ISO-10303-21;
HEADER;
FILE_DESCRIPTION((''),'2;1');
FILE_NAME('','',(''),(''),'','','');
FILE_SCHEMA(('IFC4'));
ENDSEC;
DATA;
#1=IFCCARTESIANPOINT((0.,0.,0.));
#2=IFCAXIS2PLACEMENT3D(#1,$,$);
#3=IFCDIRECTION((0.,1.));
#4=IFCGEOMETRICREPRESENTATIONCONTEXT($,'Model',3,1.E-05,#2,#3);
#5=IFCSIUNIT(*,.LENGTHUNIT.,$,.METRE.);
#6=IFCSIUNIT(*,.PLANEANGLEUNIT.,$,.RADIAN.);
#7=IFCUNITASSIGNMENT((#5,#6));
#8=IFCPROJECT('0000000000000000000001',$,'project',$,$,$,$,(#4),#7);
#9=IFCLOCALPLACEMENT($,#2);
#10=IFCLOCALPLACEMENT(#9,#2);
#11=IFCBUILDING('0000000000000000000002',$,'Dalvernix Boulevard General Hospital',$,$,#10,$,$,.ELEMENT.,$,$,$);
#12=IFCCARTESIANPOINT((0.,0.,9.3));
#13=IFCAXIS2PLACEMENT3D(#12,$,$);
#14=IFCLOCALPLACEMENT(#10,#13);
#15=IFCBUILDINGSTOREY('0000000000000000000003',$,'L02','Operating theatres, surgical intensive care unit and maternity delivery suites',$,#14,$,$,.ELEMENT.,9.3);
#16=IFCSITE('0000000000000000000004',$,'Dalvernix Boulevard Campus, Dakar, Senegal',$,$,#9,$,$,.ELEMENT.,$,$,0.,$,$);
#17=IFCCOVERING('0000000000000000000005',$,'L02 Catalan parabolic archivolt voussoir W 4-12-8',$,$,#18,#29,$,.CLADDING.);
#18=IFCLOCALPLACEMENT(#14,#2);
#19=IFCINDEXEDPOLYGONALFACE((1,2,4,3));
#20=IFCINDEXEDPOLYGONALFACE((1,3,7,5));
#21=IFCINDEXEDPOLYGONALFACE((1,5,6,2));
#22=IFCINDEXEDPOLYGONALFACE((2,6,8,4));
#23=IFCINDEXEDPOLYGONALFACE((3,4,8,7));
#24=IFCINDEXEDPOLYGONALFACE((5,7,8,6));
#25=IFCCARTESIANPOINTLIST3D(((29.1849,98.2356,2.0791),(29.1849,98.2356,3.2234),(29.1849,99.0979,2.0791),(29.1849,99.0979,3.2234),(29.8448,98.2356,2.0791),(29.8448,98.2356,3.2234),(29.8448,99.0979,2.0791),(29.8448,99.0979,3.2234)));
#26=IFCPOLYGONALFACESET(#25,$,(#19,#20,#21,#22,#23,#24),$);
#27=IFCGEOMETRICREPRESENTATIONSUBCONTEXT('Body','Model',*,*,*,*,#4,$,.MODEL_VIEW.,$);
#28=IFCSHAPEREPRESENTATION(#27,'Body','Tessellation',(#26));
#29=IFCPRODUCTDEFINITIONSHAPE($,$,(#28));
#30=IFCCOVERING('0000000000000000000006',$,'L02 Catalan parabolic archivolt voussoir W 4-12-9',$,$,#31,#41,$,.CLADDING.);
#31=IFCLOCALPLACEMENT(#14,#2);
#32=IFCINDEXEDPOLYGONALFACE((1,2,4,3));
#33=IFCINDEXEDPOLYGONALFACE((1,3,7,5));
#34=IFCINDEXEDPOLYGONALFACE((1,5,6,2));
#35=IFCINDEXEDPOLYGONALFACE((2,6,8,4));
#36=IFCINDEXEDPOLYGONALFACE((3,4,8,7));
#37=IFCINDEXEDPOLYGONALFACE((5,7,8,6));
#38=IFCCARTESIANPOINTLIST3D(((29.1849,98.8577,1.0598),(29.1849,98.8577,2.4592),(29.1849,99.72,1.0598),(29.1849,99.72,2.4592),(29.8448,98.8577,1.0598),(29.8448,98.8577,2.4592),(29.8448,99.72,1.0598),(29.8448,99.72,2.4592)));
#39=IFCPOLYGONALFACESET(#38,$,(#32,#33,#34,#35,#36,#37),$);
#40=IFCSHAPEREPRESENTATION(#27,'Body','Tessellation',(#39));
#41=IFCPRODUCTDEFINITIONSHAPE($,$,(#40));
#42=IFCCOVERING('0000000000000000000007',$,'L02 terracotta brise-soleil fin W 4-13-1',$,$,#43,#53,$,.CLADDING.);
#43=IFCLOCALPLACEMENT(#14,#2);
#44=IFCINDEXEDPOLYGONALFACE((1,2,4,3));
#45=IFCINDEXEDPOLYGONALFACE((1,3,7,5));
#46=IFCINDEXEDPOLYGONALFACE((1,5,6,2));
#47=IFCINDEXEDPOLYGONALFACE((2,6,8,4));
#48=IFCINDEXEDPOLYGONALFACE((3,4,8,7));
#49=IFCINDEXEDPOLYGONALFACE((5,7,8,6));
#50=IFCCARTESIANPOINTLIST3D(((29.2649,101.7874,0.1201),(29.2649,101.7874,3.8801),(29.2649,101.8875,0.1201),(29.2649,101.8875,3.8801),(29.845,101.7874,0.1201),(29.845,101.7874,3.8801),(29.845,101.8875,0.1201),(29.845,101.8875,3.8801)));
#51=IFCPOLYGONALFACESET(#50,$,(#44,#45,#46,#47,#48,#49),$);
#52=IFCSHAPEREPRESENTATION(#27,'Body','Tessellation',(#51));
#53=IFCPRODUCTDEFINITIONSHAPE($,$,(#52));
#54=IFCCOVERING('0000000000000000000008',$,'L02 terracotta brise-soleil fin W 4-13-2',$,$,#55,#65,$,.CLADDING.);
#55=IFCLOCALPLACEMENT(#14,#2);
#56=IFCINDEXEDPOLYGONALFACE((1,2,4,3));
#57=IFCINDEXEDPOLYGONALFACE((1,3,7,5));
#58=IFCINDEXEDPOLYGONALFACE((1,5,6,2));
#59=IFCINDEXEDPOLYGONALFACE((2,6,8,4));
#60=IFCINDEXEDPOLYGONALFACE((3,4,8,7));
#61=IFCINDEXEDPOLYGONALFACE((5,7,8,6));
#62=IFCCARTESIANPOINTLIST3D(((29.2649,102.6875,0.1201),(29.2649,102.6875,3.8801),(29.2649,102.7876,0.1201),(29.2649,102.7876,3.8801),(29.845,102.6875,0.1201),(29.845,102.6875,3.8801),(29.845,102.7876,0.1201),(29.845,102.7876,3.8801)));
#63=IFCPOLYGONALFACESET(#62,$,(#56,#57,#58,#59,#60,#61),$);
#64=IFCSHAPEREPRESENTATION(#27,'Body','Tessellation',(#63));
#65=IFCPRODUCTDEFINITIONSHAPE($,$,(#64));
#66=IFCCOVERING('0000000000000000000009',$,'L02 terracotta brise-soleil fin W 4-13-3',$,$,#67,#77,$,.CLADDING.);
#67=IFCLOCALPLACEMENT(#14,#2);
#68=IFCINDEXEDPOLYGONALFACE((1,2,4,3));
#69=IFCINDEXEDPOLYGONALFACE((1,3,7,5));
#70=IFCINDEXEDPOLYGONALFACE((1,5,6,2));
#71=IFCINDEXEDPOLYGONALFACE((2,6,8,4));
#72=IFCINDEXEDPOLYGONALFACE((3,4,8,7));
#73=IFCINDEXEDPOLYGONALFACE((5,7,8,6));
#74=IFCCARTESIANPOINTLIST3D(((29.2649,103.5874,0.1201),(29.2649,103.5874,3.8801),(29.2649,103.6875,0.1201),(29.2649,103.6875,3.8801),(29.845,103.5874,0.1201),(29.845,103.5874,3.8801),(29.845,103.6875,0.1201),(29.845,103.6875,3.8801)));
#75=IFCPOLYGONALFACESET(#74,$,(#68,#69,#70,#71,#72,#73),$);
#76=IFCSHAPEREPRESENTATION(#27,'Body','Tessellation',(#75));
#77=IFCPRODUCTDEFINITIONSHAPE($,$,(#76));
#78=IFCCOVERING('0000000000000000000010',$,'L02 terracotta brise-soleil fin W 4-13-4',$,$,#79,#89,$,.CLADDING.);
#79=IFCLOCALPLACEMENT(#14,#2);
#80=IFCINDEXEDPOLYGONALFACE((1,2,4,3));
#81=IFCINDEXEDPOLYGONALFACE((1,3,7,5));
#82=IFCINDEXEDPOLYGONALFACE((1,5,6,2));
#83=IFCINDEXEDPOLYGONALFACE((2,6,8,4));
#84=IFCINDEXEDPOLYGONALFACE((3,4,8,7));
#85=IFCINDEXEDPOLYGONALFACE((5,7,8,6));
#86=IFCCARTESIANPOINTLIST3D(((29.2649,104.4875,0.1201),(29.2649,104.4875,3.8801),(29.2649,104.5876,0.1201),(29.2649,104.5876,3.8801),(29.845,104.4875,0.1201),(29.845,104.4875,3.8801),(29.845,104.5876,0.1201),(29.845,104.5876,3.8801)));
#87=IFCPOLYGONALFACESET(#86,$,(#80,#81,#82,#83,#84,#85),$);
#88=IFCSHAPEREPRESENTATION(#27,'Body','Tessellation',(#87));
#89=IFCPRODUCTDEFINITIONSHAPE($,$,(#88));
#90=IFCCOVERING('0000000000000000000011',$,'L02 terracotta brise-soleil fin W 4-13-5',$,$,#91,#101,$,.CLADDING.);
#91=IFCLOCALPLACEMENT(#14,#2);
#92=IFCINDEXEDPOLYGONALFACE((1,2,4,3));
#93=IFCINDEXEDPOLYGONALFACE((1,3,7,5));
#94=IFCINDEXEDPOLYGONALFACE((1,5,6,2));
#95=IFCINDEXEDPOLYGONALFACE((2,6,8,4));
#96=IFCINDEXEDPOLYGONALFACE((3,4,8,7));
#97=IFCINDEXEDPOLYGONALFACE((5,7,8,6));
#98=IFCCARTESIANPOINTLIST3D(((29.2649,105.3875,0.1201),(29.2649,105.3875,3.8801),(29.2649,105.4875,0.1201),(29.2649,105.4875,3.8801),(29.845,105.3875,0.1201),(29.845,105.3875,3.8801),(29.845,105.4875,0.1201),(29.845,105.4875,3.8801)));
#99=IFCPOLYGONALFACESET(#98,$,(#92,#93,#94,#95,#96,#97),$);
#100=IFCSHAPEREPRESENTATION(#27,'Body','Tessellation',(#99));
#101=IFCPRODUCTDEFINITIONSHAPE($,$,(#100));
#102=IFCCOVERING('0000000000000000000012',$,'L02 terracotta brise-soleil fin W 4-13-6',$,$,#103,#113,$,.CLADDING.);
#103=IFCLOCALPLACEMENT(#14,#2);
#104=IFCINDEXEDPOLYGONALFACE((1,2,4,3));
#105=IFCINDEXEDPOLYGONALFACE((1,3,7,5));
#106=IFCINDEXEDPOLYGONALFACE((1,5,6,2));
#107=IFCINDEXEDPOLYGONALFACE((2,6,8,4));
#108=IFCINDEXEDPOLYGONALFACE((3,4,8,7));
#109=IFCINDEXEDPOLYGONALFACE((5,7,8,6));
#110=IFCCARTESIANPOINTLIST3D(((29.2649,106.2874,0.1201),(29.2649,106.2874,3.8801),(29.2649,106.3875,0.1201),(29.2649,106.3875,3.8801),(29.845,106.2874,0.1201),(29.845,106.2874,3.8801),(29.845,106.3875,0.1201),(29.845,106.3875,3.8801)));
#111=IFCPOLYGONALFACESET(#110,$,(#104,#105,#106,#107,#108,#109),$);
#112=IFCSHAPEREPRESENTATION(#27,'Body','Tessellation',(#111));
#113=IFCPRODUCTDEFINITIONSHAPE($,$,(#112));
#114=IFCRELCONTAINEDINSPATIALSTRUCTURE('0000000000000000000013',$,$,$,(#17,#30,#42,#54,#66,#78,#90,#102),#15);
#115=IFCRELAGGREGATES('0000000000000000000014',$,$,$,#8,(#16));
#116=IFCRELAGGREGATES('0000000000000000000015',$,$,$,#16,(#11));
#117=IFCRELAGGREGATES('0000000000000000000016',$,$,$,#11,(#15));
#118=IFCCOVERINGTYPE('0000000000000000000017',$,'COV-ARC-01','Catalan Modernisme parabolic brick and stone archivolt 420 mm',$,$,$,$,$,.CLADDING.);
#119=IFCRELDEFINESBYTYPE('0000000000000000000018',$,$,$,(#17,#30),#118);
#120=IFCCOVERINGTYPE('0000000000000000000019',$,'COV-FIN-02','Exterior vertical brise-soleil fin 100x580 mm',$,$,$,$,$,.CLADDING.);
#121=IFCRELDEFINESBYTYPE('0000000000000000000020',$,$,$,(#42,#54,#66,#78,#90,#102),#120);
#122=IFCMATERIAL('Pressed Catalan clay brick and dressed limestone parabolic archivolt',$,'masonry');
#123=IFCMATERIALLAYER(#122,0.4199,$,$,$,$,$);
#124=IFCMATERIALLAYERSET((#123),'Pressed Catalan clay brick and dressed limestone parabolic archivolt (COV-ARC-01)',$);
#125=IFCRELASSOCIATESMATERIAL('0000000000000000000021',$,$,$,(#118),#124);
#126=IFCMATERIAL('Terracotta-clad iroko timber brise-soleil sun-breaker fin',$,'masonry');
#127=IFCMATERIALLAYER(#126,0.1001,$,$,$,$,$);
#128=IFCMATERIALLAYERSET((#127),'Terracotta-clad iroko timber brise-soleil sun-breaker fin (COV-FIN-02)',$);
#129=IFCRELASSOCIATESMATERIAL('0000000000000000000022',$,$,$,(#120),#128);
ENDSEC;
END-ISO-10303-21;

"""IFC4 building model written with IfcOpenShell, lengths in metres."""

from ifc_helpers import new_model, si_unit, direction, frame, origin, origin_2d, place, context, subcontext, project, spatial, rectangle, extrude, material, layer, layer_set, type_object, element, save


model = new_model("IFC4")

# Units and contexts
model_context = context("Model", 3, precision=1e-05, world=origin(), true_north=direction((0.0, 1.0)))
body_context = subcontext(model_context, "Body", "Model", "MODEL_VIEW")
ifc_project = project(units=[si_unit("LENGTHUNIT", "METRE"), si_unit("PLANEANGLEUNIT", "RADIAN")], contexts=[model_context])

# Site, building, storey
site_placement = place(None, origin())
site = spatial("IfcSite", under=ifc_project, at=site_placement, Name="Dalvernix Boulevard Campus, Dakar, Senegal", CompositionType="ELEMENT", RefElevation=0.0)
building_placement = place(site_placement, origin())
building = spatial("IfcBuilding", under=site, at=building_placement, Name="Dalvernix Boulevard General Hospital", CompositionType="ELEMENT")
storey_placement = place(building_placement, frame((0.0, 0.0, 9.3)))
storey = spatial("IfcBuildingStorey", under=building, at=storey_placement, Name="L02", Description="Operating theatres, surgical intensive care unit and maternity delivery suites", CompositionType="ELEMENT", Elevation=9.3)

# Coverings
ifc_material_1 = material(Name="Pressed Catalan clay brick and dressed limestone parabolic archivolt", Category="masonry")
ifc_layer_1 = layer(ifc_material_1, 0.4199)
ifc_layer_set_1 = layer_set([ifc_layer_1], Name="Pressed Catalan clay brick and dressed limestone parabolic archivolt (COV-ARC-01)")
covering_type_1 = type_object("IfcCoveringType", Name="COV-ARC-01", Description="Catalan Modernisme parabolic brick and stone archivolt 420 mm", PredefinedType="CLADDING", material=ifc_layer_set_1)
covering_1_placement = place(storey_placement, frame((29.5149, 98.6667, 2.0791), z_axis=(0.0, 0.0, 1.0), x_axis=(0.0, 1.0, 0.0)))
element("IfcCovering", 1, at=covering_1_placement, inside=storey, type_object=covering_type_1, Name="L02 Catalan parabolic archivolt voussoir W 4-12-8", PredefinedType="CLADDING", context=body_context, shape_type="SweptSolid", body=[
    extrude(rectangle(XDim=0.8623, YDim=0.6599, at=origin_2d()), origin(), (0.0, 0.0, 1.0), 1.1443),
])
covering_2_placement = place(storey_placement, frame((29.5149, 99.2888, 1.0598), z_axis=(0.0, 0.0, 1.0), x_axis=(0.0, 1.0, 0.0)))
element("IfcCovering", 2, at=covering_2_placement, inside=storey, type_object=covering_type_1, Name="L02 Catalan parabolic archivolt voussoir W 4-12-9", PredefinedType="CLADDING", context=body_context, shape_type="SweptSolid", body=[
    extrude(rectangle(XDim=0.8623, YDim=0.6599, at=origin_2d()), origin(), (0.0, 0.0, 1.0), 1.3994),
])
ifc_material_2 = material(Name="Terracotta-clad iroko timber brise-soleil sun-breaker fin", Category="masonry")
ifc_layer_2 = layer(ifc_material_2, 0.1001)
ifc_layer_set_2 = layer_set([ifc_layer_2], Name="Terracotta-clad iroko timber brise-soleil sun-breaker fin (COV-FIN-02)")
covering_type_2 = type_object("IfcCoveringType", Name="COV-FIN-02", Description="Exterior vertical brise-soleil fin 100x580 mm", PredefinedType="CLADDING", material=ifc_layer_set_2)
for number, where, z_axis, x_axis, name in (
    (3, (29.5549, 101.8374, 0.1201), (0.0, 0.0, 1.0), (0.0, 1.0, 0.0), "L02 terracotta brise-soleil fin W 4-13-1"),
    (4, (29.5549, 102.7375, 0.1201), (0.0, 0.0, 1.0), (0.0, 1.0, 0.0), "L02 terracotta brise-soleil fin W 4-13-2"),
    (5, (29.5549, 103.6375, 0.1201), (0.0, 0.0, 1.0), (0.0, 1.0, 0.0), "L02 terracotta brise-soleil fin W 4-13-3"),
    (6, (29.5549, 104.5376, 0.1201), (0.0, 0.0, 1.0), (0.0, 1.0, 0.0), "L02 terracotta brise-soleil fin W 4-13-4"),
    (7, (29.5549, 105.4375, 0.1201), (0.0, 0.0, 1.0), (0.0, 1.0, 0.0), "L02 terracotta brise-soleil fin W 4-13-5"),
    (8, (29.5549, 106.3374, 0.1201), (0.0, 0.0, 1.0), (0.0, 1.0, 0.0), "L02 terracotta brise-soleil fin W 4-13-6"),
):
    element("IfcCovering", number, at=place(storey_placement, frame(where, z_axis=z_axis, x_axis=x_axis)), inside=storey, type_object=covering_type_2, Name=name, PredefinedType="CLADDING", context=body_context, shape_type="SweptSolid", body=[
        extrude(rectangle(XDim=0.1001, YDim=0.5801, at=origin_2d()), origin(), (0.0, 0.0, 1.0), 3.76),
    ])

save(model, "model.ifc")
